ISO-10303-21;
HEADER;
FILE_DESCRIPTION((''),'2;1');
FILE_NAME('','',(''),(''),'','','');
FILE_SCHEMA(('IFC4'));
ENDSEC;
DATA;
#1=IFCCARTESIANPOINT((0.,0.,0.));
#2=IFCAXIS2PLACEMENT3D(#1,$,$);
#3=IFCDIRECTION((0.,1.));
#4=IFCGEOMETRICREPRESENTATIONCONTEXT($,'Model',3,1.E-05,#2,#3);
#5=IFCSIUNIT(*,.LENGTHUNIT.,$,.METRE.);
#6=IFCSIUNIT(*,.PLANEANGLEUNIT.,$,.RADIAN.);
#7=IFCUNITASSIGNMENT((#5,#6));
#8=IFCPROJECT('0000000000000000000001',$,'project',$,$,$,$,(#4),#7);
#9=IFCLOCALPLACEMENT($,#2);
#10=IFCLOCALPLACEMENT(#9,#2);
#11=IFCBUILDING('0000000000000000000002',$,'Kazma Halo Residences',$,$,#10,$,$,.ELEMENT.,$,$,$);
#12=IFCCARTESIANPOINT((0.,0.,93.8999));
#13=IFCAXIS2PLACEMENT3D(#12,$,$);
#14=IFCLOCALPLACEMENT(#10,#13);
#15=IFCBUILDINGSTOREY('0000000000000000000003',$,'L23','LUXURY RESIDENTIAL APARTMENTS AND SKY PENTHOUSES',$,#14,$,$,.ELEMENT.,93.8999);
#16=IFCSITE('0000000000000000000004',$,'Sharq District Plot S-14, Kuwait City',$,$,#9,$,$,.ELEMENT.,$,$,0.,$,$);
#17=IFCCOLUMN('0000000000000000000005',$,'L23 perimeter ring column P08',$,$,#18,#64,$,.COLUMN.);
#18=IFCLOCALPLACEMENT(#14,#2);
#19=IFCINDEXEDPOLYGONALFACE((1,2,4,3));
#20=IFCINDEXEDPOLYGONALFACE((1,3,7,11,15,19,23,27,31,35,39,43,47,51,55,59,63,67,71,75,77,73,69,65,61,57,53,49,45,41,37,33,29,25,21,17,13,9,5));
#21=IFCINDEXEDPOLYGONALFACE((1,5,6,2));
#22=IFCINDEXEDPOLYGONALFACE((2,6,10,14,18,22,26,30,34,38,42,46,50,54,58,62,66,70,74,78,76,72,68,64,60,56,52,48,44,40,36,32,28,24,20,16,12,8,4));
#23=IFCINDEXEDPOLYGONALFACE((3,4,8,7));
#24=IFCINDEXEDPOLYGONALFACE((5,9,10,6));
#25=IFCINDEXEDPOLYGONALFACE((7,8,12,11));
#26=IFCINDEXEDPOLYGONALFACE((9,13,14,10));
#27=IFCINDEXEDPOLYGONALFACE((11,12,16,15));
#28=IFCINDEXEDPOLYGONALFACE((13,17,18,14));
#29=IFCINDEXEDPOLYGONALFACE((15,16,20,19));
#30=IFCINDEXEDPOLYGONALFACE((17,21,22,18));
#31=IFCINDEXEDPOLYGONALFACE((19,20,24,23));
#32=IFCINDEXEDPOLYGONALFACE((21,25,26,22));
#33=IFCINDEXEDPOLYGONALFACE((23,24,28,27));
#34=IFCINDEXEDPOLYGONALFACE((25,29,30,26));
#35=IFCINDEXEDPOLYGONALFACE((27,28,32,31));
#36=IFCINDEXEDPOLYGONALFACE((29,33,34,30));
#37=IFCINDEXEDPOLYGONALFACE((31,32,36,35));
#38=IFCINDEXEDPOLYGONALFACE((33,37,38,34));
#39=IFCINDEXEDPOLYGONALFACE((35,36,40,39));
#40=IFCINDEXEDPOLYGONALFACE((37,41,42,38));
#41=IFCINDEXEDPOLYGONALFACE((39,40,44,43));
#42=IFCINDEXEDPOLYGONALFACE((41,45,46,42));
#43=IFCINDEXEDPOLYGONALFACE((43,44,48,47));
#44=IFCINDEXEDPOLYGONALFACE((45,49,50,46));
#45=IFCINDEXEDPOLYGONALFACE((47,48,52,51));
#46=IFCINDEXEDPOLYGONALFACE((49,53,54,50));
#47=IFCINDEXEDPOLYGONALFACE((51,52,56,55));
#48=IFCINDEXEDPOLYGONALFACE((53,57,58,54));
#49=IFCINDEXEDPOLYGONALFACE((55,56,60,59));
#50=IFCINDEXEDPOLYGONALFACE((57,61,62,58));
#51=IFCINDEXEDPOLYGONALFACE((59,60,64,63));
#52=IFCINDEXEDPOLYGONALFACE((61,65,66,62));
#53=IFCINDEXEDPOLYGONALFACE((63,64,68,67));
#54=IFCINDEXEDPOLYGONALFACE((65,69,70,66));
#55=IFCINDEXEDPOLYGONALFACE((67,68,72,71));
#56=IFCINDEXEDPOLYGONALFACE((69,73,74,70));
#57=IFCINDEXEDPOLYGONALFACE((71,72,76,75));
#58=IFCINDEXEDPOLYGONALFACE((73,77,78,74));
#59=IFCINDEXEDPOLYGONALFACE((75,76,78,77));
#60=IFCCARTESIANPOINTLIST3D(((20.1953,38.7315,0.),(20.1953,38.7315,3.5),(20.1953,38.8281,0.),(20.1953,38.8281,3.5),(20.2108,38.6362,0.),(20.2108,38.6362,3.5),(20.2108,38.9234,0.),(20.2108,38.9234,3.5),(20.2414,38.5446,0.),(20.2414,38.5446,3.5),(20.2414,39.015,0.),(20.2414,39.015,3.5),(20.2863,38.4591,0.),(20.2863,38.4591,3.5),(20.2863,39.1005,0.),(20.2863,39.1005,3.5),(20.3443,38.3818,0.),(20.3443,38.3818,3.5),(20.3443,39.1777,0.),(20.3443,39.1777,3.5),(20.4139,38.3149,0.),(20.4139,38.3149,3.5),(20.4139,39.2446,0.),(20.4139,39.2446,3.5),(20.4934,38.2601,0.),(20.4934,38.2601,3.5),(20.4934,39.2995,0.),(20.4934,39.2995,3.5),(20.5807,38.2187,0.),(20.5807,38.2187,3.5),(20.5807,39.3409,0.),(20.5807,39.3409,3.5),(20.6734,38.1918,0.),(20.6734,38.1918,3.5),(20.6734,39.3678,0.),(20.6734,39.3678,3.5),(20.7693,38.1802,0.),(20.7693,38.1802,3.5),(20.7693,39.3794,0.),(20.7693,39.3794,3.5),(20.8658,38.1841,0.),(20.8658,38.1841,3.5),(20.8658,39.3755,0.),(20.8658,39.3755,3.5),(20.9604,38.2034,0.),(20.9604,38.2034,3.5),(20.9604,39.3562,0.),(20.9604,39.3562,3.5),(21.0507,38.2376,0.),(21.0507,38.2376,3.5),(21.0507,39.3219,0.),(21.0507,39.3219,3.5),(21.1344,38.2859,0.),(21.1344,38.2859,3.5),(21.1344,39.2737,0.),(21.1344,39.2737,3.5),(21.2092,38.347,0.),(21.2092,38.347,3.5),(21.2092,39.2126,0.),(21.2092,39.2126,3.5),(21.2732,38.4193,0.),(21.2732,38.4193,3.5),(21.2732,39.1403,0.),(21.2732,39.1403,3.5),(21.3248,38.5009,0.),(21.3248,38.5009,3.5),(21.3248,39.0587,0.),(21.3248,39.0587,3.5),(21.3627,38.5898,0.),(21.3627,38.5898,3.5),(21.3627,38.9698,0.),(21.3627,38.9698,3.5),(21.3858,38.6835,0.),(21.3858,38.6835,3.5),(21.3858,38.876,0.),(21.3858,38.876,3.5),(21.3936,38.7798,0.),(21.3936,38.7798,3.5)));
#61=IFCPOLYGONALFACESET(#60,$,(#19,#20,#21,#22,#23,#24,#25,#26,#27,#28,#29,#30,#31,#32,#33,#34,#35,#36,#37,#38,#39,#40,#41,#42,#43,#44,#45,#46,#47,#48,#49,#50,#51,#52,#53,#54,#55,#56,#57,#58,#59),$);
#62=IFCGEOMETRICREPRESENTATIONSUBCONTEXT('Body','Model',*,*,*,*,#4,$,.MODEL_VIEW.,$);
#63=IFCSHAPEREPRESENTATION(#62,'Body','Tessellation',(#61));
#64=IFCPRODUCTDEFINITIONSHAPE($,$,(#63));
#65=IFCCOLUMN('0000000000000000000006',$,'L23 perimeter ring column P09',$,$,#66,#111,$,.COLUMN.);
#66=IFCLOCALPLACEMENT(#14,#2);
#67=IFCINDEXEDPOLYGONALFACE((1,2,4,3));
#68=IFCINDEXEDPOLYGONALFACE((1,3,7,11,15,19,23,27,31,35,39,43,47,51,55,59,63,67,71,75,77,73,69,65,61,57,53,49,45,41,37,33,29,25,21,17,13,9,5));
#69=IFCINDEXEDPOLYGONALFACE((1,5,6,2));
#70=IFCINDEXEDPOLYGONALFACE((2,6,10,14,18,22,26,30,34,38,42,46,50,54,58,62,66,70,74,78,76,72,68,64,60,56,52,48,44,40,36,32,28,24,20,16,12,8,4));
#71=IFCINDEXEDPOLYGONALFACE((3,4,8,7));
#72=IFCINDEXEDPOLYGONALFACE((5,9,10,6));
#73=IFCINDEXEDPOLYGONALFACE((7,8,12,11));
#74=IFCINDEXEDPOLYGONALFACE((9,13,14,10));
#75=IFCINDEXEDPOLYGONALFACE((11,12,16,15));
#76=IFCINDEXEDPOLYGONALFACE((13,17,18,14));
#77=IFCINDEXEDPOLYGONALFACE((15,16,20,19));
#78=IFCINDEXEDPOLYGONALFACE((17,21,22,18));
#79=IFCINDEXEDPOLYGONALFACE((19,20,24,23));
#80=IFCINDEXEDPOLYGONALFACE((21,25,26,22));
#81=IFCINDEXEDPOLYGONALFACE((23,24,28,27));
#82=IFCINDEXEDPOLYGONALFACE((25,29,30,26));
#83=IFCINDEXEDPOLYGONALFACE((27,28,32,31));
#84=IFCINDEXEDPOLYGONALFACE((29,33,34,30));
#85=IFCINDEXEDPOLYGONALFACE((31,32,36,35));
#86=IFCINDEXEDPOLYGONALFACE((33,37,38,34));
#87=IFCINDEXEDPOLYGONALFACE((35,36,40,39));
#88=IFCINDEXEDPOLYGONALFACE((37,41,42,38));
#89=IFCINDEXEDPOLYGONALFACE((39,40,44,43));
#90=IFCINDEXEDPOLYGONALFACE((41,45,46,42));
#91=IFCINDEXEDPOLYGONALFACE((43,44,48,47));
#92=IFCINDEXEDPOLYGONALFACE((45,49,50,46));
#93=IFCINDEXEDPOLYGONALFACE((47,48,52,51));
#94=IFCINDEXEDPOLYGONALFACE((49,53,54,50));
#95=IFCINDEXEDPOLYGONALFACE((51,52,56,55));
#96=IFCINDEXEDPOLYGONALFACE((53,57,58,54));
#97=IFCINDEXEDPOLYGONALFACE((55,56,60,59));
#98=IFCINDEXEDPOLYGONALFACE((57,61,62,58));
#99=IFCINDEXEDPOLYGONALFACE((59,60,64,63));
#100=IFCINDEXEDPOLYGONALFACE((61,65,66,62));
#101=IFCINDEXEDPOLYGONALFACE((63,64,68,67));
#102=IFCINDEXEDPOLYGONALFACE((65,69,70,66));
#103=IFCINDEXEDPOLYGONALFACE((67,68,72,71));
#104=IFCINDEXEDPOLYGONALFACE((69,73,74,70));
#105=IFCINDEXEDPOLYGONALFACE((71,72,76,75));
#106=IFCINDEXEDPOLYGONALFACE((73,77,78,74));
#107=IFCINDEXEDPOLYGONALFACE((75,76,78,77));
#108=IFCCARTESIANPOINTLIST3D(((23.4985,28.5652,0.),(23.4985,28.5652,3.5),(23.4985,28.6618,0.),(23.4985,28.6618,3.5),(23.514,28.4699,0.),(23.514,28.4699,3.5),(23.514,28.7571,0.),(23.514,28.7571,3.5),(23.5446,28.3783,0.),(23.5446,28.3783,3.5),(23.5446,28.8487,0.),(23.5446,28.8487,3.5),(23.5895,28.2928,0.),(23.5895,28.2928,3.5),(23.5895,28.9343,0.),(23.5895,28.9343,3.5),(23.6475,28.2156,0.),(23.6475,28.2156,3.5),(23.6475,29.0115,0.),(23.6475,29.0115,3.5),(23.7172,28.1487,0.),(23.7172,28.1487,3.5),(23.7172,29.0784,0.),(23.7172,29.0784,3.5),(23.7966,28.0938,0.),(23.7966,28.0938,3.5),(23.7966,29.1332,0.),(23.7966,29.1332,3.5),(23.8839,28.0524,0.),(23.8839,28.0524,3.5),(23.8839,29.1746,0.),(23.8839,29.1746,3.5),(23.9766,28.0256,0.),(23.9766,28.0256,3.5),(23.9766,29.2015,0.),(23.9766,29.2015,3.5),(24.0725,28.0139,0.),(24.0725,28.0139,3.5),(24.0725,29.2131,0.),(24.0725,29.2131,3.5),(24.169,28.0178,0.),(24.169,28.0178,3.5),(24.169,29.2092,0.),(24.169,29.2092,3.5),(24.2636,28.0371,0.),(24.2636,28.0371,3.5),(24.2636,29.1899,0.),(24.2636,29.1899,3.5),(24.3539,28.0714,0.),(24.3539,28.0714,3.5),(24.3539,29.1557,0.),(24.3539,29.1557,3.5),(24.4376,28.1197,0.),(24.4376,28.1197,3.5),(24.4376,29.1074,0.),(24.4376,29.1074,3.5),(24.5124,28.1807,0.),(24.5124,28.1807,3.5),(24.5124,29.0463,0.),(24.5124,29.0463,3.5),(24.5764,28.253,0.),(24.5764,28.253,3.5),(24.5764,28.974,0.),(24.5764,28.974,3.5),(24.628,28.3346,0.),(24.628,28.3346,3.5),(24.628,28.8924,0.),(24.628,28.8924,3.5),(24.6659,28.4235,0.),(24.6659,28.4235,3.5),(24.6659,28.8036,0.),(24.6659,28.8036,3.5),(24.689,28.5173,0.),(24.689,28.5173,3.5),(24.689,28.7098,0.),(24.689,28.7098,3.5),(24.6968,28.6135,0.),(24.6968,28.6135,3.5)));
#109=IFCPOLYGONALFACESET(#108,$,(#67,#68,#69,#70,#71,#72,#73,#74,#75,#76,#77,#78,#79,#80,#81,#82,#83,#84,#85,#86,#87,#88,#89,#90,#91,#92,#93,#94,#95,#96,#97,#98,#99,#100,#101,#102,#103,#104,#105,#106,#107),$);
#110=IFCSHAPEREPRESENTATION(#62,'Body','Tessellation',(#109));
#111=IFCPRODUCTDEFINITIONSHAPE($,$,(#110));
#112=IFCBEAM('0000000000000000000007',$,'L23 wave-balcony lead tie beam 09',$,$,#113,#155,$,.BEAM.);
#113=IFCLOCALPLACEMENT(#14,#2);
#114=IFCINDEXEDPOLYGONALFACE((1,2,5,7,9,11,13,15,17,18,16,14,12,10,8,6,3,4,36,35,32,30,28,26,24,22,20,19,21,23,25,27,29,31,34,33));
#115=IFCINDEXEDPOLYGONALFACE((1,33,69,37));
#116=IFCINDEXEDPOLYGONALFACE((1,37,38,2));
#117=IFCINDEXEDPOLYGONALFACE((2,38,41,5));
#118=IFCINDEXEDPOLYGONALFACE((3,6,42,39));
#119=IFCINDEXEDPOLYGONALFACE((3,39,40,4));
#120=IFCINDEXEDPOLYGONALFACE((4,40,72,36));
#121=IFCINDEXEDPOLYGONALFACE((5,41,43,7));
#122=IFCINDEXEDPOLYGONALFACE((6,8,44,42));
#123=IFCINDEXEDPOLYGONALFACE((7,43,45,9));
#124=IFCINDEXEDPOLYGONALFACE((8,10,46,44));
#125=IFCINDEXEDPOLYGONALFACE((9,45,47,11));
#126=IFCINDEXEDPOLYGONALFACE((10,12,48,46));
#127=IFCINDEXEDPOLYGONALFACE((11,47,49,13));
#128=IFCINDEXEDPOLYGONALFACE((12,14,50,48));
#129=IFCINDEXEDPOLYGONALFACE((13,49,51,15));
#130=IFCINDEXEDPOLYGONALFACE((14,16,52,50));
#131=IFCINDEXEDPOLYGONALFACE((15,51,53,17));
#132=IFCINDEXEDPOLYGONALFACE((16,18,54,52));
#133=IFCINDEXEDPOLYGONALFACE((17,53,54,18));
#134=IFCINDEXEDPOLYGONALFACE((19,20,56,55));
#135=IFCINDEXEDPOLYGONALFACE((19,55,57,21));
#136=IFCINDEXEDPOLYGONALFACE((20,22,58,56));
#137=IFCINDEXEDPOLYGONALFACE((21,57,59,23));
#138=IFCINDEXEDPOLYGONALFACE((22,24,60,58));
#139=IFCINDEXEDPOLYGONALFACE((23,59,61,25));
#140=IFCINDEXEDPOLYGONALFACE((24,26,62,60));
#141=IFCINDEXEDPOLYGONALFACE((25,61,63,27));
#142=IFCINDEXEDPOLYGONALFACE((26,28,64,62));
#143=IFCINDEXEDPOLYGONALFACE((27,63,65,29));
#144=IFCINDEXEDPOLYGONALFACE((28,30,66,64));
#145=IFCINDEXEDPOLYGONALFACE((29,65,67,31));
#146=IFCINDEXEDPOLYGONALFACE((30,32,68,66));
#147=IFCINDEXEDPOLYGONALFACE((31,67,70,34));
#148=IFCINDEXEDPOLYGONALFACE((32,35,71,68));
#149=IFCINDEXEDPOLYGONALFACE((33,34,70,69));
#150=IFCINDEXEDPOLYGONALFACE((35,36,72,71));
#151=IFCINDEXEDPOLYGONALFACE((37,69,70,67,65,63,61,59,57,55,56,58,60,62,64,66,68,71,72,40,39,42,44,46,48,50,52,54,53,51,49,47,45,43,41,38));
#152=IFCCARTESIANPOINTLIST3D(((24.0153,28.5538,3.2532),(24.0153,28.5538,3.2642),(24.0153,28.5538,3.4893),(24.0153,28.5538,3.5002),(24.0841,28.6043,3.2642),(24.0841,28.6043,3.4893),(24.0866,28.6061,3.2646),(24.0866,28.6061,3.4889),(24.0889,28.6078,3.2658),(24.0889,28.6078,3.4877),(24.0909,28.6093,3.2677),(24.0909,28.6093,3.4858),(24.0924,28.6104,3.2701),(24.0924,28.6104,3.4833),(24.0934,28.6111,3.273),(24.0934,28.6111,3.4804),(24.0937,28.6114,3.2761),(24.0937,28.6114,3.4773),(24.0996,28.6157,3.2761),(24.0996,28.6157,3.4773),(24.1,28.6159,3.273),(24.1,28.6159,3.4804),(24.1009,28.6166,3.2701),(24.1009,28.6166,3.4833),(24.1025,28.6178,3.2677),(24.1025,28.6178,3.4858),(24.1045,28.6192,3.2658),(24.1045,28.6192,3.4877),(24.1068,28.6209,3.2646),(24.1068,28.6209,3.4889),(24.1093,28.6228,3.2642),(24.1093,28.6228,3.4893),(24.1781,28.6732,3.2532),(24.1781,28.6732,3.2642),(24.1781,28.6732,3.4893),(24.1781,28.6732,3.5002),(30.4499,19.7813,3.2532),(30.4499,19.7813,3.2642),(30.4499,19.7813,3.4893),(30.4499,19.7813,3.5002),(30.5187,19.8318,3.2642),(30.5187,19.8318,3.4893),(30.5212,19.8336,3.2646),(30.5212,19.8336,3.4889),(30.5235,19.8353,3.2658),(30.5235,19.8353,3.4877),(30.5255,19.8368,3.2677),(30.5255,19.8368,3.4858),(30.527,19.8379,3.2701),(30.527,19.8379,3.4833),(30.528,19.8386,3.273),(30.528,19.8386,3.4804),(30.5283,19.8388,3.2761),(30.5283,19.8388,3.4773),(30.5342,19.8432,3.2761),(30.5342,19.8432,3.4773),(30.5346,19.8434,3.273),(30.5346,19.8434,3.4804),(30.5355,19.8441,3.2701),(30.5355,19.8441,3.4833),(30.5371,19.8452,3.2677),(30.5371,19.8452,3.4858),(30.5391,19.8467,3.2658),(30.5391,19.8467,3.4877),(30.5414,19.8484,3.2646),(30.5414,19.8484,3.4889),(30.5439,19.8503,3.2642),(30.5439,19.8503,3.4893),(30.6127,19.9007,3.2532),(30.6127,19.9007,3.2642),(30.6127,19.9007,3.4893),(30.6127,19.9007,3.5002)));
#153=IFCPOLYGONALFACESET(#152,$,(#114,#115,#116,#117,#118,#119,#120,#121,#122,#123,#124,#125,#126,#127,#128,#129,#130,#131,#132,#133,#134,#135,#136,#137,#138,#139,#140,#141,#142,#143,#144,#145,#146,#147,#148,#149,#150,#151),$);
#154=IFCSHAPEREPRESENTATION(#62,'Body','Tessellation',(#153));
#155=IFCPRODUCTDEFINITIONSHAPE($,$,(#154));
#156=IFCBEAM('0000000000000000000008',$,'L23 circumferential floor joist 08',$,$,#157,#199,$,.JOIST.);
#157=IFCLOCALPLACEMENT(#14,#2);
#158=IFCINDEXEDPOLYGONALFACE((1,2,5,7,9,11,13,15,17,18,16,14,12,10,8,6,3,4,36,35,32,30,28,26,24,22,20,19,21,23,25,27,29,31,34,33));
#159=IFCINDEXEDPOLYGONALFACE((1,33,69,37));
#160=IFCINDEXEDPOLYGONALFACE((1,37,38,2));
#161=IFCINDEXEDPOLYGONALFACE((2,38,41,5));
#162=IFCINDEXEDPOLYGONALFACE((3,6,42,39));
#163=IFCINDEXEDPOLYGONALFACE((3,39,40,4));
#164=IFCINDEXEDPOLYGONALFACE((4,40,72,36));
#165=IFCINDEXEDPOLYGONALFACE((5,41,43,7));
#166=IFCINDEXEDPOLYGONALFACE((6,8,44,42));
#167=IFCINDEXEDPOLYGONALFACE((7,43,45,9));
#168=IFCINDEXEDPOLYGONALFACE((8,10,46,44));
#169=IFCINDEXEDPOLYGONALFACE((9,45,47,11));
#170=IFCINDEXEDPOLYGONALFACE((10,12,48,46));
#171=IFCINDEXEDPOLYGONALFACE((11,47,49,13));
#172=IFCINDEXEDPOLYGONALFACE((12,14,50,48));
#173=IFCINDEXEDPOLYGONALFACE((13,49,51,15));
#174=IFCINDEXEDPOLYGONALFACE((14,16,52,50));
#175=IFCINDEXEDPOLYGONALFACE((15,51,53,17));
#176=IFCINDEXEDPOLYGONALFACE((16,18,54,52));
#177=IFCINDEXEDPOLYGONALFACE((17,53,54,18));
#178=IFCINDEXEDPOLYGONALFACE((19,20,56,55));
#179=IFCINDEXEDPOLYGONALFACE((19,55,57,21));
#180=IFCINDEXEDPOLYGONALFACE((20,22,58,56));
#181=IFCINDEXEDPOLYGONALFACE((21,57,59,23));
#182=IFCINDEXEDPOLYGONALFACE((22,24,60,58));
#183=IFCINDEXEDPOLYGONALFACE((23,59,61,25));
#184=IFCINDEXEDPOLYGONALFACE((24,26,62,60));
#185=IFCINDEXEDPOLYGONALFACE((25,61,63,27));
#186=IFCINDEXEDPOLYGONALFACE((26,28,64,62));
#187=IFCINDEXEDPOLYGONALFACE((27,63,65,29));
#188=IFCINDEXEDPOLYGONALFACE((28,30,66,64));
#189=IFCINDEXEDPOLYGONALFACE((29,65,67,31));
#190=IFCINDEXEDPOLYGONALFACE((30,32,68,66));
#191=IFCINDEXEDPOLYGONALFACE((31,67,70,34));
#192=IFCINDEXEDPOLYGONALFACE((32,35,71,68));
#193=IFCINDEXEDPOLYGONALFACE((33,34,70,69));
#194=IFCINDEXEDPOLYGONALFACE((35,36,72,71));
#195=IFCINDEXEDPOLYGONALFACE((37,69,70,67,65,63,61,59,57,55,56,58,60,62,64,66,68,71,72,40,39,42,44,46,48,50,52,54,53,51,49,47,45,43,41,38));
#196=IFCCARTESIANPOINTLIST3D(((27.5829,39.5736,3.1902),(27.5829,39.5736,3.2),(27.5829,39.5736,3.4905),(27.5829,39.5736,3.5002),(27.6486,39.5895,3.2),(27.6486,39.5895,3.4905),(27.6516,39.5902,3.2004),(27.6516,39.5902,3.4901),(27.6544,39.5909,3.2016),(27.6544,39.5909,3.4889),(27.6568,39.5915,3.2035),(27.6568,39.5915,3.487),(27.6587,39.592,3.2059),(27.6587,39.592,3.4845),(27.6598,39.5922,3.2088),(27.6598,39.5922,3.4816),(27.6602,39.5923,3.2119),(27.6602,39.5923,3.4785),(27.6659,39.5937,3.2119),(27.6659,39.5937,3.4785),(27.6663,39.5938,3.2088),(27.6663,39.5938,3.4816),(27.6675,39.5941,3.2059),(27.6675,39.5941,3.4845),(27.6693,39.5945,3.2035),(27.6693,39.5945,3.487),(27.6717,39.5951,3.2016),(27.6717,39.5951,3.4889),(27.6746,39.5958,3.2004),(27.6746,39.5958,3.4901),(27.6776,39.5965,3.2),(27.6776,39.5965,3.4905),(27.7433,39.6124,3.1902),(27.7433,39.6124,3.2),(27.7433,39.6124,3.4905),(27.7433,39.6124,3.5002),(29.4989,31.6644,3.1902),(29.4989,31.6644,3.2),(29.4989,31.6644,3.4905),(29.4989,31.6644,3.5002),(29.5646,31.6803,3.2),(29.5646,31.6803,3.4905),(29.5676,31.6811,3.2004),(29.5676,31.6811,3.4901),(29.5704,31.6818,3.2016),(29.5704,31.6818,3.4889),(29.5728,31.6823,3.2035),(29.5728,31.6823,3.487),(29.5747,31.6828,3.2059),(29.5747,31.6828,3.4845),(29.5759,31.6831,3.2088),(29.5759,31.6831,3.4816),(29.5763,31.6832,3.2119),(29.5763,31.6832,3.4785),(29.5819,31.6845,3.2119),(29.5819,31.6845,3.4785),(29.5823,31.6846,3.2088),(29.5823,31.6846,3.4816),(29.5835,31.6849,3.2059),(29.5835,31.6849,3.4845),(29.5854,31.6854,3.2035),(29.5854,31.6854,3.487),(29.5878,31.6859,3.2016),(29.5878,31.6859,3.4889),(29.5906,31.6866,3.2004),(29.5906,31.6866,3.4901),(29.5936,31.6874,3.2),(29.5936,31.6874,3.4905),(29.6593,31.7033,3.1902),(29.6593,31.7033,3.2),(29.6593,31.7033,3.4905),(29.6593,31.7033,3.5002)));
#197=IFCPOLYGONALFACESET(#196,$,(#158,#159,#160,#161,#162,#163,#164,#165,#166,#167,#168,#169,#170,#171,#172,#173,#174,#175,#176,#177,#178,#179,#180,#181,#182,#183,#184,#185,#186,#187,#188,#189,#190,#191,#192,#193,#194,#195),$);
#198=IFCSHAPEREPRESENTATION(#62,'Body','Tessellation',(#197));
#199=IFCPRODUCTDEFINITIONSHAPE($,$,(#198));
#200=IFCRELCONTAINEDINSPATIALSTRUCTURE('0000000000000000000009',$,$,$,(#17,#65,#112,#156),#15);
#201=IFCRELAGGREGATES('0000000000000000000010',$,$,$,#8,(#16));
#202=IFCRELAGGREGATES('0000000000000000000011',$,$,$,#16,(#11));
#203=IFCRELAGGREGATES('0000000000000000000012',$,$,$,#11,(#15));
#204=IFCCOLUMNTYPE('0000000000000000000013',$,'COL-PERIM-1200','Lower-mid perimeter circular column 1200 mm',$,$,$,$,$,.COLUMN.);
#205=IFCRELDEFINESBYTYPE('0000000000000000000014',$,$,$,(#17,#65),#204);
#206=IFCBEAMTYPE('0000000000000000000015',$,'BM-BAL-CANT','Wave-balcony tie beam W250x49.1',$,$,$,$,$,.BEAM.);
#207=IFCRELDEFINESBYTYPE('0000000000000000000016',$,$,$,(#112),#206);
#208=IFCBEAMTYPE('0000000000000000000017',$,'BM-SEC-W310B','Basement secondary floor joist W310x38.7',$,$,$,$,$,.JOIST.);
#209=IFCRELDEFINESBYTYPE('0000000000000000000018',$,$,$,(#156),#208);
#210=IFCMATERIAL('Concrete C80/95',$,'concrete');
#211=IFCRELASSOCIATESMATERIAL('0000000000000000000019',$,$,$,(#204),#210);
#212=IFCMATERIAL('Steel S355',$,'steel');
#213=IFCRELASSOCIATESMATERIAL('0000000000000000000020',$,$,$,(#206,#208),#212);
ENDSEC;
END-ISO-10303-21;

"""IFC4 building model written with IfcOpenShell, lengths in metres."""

from ifc_helpers import new_model, si_unit, direction, frame, origin, origin_2d, place, context, subcontext, project, spatial, circle, i_section, extrude, material, material_profile, profile_set, type_object, element, save


model = new_model("IFC4")

# Units and contexts
model_context = context("Model", 3, precision=1e-05, world=origin(), true_north=direction((0.0, 1.0)))
body_context = subcontext(model_context, "Body", "Model", "MODEL_VIEW")
ifc_project = project(units=[si_unit("LENGTHUNIT", "METRE"), si_unit("PLANEANGLEUNIT", "RADIAN")], contexts=[model_context])

# Site, building, storey
site_placement = place(None, origin())
site = spatial("IfcSite", under=ifc_project, at=site_placement, Name="Sharq District Plot S-14, Kuwait City", CompositionType="ELEMENT", RefElevation=0.0)
building_placement = place(site_placement, origin())
building = spatial("IfcBuilding", under=site, at=building_placement, Name="Kazma Halo Residences", CompositionType="ELEMENT")
storey_placement = place(building_placement, frame((0.0, 0.0, 93.8999)))
storey = spatial("IfcBuildingStorey", under=building, at=storey_placement, Name="L23", Description="LUXURY RESIDENTIAL APARTMENTS AND SKY PENTHOUSES", CompositionType="ELEMENT", Elevation=93.8999)

# Columns
ifc_material_1 = material(Name="Concrete C80/95", Category="concrete")
ifc_material_profile_1 = material_profile(ifc_material_1, circle(Radius=0.6001, at=origin_2d()), Name="CIRC1200")
ifc_profile_set_1 = profile_set([ifc_material_profile_1], Name="Concrete C80/95")
column_type = type_object("IfcColumnType", Name="COL-PERIM-1200", Description="Lower-mid perimeter circular column 1200 mm", PredefinedType="COLUMN", material=ifc_profile_set_1)
for number, where, z_axis, x_axis, name in (
    (1, (20.7935, 38.7798, 0.0), (0.0, 0.0, 1.0), (1.0, 0.0, 0.0), "L23 perimeter ring column P08"),
    (2, (24.0967, 28.6135, 0.0), (0.0, 0.0, 1.0), (1.0, 0.0, 0.0), "L23 perimeter ring column P09"),
):
    element("IfcColumn", number, at=place(storey_placement, frame(where, z_axis=z_axis, x_axis=x_axis)), inside=storey, type_object=column_type, Name=name, PredefinedType="COLUMN", context=body_context, shape_type="SweptSolid", body=[
        extrude(circle(Radius=0.6001, at=origin_2d()), origin(), (0.0, 0.0, 1.0), 3.5),
    ])

# Beams
ifc_material_2 = material(Name="Steel S355", Category="steel")
ifc_material_profile_2 = material_profile(ifc_material_2, i_section(OverallWidth=0.2019, OverallDepth=0.2471, WebThickness=0.0073, FlangeThickness=0.011, FilletRadius=0.012, at=origin_2d()), Name="W250x49.1")
ifc_profile_set_2 = profile_set([ifc_material_profile_2], Name="Steel S355")
beam_type_1 = type_object("IfcBeamType", Name="BM-BAL-CANT", Description="Wave-balcony tie beam W250x49.1", PredefinedType="BEAM", material=ifc_profile_set_2)
beam_1_placement = place(storey_placement, frame((24.0967, 28.6135, 3.3767), z_axis=(0.591449, -0.806342, 0.0), x_axis=(0.806342, 0.591449, 0.0)))
element("IfcBeam", 3, at=beam_1_placement, inside=storey, type_object=beam_type_1, Name="L23 wave-balcony lead tie beam 09", PredefinedType="BEAM", context=body_context, shape_type="SweptSolid", body=[
    extrude(i_section(OverallWidth=0.2019, OverallDepth=0.2471, WebThickness=0.0073, FlangeThickness=0.011, FilletRadius=0.012, at=origin_2d()), origin(), (0.0, 0.0, 1.0), 10.8794),
])
ifc_material_profile_3 = material_profile(ifc_material_2, i_section(OverallWidth=0.165, OverallDepth=0.3101, WebThickness=0.0059, FlangeThickness=0.0098, FilletRadius=0.012, at=origin_2d()), Name="W310x38.7")
ifc_profile_set_3 = profile_set([ifc_material_profile_3], Name="Steel S355")
beam_type_2 = type_object("IfcBeamType", Name="BM-SEC-W310B", Description="Basement secondary floor joist W310x38.7", PredefinedType="JOIST", material=ifc_profile_set_3)
beam_2_placement = place(storey_placement, frame((27.6631, 39.593, 3.3452), z_axis=(0.235442, -0.971888, 0.0), x_axis=(0.971888, 0.235442, 0.0)))
element("IfcBeam", 4, at=beam_2_placement, inside=storey, type_object=beam_type_2, Name="L23 circumferential floor joist 08", PredefinedType="JOIST", context=body_context, shape_type="SweptSolid", body=[
    extrude(i_section(OverallWidth=0.165, OverallDepth=0.3101, WebThickness=0.0059, FlangeThickness=0.0098, FilletRadius=0.012, at=origin_2d()), origin(), (0.0, 0.0, 1.0), 8.1379),
])

save(model, "model.ifc")
